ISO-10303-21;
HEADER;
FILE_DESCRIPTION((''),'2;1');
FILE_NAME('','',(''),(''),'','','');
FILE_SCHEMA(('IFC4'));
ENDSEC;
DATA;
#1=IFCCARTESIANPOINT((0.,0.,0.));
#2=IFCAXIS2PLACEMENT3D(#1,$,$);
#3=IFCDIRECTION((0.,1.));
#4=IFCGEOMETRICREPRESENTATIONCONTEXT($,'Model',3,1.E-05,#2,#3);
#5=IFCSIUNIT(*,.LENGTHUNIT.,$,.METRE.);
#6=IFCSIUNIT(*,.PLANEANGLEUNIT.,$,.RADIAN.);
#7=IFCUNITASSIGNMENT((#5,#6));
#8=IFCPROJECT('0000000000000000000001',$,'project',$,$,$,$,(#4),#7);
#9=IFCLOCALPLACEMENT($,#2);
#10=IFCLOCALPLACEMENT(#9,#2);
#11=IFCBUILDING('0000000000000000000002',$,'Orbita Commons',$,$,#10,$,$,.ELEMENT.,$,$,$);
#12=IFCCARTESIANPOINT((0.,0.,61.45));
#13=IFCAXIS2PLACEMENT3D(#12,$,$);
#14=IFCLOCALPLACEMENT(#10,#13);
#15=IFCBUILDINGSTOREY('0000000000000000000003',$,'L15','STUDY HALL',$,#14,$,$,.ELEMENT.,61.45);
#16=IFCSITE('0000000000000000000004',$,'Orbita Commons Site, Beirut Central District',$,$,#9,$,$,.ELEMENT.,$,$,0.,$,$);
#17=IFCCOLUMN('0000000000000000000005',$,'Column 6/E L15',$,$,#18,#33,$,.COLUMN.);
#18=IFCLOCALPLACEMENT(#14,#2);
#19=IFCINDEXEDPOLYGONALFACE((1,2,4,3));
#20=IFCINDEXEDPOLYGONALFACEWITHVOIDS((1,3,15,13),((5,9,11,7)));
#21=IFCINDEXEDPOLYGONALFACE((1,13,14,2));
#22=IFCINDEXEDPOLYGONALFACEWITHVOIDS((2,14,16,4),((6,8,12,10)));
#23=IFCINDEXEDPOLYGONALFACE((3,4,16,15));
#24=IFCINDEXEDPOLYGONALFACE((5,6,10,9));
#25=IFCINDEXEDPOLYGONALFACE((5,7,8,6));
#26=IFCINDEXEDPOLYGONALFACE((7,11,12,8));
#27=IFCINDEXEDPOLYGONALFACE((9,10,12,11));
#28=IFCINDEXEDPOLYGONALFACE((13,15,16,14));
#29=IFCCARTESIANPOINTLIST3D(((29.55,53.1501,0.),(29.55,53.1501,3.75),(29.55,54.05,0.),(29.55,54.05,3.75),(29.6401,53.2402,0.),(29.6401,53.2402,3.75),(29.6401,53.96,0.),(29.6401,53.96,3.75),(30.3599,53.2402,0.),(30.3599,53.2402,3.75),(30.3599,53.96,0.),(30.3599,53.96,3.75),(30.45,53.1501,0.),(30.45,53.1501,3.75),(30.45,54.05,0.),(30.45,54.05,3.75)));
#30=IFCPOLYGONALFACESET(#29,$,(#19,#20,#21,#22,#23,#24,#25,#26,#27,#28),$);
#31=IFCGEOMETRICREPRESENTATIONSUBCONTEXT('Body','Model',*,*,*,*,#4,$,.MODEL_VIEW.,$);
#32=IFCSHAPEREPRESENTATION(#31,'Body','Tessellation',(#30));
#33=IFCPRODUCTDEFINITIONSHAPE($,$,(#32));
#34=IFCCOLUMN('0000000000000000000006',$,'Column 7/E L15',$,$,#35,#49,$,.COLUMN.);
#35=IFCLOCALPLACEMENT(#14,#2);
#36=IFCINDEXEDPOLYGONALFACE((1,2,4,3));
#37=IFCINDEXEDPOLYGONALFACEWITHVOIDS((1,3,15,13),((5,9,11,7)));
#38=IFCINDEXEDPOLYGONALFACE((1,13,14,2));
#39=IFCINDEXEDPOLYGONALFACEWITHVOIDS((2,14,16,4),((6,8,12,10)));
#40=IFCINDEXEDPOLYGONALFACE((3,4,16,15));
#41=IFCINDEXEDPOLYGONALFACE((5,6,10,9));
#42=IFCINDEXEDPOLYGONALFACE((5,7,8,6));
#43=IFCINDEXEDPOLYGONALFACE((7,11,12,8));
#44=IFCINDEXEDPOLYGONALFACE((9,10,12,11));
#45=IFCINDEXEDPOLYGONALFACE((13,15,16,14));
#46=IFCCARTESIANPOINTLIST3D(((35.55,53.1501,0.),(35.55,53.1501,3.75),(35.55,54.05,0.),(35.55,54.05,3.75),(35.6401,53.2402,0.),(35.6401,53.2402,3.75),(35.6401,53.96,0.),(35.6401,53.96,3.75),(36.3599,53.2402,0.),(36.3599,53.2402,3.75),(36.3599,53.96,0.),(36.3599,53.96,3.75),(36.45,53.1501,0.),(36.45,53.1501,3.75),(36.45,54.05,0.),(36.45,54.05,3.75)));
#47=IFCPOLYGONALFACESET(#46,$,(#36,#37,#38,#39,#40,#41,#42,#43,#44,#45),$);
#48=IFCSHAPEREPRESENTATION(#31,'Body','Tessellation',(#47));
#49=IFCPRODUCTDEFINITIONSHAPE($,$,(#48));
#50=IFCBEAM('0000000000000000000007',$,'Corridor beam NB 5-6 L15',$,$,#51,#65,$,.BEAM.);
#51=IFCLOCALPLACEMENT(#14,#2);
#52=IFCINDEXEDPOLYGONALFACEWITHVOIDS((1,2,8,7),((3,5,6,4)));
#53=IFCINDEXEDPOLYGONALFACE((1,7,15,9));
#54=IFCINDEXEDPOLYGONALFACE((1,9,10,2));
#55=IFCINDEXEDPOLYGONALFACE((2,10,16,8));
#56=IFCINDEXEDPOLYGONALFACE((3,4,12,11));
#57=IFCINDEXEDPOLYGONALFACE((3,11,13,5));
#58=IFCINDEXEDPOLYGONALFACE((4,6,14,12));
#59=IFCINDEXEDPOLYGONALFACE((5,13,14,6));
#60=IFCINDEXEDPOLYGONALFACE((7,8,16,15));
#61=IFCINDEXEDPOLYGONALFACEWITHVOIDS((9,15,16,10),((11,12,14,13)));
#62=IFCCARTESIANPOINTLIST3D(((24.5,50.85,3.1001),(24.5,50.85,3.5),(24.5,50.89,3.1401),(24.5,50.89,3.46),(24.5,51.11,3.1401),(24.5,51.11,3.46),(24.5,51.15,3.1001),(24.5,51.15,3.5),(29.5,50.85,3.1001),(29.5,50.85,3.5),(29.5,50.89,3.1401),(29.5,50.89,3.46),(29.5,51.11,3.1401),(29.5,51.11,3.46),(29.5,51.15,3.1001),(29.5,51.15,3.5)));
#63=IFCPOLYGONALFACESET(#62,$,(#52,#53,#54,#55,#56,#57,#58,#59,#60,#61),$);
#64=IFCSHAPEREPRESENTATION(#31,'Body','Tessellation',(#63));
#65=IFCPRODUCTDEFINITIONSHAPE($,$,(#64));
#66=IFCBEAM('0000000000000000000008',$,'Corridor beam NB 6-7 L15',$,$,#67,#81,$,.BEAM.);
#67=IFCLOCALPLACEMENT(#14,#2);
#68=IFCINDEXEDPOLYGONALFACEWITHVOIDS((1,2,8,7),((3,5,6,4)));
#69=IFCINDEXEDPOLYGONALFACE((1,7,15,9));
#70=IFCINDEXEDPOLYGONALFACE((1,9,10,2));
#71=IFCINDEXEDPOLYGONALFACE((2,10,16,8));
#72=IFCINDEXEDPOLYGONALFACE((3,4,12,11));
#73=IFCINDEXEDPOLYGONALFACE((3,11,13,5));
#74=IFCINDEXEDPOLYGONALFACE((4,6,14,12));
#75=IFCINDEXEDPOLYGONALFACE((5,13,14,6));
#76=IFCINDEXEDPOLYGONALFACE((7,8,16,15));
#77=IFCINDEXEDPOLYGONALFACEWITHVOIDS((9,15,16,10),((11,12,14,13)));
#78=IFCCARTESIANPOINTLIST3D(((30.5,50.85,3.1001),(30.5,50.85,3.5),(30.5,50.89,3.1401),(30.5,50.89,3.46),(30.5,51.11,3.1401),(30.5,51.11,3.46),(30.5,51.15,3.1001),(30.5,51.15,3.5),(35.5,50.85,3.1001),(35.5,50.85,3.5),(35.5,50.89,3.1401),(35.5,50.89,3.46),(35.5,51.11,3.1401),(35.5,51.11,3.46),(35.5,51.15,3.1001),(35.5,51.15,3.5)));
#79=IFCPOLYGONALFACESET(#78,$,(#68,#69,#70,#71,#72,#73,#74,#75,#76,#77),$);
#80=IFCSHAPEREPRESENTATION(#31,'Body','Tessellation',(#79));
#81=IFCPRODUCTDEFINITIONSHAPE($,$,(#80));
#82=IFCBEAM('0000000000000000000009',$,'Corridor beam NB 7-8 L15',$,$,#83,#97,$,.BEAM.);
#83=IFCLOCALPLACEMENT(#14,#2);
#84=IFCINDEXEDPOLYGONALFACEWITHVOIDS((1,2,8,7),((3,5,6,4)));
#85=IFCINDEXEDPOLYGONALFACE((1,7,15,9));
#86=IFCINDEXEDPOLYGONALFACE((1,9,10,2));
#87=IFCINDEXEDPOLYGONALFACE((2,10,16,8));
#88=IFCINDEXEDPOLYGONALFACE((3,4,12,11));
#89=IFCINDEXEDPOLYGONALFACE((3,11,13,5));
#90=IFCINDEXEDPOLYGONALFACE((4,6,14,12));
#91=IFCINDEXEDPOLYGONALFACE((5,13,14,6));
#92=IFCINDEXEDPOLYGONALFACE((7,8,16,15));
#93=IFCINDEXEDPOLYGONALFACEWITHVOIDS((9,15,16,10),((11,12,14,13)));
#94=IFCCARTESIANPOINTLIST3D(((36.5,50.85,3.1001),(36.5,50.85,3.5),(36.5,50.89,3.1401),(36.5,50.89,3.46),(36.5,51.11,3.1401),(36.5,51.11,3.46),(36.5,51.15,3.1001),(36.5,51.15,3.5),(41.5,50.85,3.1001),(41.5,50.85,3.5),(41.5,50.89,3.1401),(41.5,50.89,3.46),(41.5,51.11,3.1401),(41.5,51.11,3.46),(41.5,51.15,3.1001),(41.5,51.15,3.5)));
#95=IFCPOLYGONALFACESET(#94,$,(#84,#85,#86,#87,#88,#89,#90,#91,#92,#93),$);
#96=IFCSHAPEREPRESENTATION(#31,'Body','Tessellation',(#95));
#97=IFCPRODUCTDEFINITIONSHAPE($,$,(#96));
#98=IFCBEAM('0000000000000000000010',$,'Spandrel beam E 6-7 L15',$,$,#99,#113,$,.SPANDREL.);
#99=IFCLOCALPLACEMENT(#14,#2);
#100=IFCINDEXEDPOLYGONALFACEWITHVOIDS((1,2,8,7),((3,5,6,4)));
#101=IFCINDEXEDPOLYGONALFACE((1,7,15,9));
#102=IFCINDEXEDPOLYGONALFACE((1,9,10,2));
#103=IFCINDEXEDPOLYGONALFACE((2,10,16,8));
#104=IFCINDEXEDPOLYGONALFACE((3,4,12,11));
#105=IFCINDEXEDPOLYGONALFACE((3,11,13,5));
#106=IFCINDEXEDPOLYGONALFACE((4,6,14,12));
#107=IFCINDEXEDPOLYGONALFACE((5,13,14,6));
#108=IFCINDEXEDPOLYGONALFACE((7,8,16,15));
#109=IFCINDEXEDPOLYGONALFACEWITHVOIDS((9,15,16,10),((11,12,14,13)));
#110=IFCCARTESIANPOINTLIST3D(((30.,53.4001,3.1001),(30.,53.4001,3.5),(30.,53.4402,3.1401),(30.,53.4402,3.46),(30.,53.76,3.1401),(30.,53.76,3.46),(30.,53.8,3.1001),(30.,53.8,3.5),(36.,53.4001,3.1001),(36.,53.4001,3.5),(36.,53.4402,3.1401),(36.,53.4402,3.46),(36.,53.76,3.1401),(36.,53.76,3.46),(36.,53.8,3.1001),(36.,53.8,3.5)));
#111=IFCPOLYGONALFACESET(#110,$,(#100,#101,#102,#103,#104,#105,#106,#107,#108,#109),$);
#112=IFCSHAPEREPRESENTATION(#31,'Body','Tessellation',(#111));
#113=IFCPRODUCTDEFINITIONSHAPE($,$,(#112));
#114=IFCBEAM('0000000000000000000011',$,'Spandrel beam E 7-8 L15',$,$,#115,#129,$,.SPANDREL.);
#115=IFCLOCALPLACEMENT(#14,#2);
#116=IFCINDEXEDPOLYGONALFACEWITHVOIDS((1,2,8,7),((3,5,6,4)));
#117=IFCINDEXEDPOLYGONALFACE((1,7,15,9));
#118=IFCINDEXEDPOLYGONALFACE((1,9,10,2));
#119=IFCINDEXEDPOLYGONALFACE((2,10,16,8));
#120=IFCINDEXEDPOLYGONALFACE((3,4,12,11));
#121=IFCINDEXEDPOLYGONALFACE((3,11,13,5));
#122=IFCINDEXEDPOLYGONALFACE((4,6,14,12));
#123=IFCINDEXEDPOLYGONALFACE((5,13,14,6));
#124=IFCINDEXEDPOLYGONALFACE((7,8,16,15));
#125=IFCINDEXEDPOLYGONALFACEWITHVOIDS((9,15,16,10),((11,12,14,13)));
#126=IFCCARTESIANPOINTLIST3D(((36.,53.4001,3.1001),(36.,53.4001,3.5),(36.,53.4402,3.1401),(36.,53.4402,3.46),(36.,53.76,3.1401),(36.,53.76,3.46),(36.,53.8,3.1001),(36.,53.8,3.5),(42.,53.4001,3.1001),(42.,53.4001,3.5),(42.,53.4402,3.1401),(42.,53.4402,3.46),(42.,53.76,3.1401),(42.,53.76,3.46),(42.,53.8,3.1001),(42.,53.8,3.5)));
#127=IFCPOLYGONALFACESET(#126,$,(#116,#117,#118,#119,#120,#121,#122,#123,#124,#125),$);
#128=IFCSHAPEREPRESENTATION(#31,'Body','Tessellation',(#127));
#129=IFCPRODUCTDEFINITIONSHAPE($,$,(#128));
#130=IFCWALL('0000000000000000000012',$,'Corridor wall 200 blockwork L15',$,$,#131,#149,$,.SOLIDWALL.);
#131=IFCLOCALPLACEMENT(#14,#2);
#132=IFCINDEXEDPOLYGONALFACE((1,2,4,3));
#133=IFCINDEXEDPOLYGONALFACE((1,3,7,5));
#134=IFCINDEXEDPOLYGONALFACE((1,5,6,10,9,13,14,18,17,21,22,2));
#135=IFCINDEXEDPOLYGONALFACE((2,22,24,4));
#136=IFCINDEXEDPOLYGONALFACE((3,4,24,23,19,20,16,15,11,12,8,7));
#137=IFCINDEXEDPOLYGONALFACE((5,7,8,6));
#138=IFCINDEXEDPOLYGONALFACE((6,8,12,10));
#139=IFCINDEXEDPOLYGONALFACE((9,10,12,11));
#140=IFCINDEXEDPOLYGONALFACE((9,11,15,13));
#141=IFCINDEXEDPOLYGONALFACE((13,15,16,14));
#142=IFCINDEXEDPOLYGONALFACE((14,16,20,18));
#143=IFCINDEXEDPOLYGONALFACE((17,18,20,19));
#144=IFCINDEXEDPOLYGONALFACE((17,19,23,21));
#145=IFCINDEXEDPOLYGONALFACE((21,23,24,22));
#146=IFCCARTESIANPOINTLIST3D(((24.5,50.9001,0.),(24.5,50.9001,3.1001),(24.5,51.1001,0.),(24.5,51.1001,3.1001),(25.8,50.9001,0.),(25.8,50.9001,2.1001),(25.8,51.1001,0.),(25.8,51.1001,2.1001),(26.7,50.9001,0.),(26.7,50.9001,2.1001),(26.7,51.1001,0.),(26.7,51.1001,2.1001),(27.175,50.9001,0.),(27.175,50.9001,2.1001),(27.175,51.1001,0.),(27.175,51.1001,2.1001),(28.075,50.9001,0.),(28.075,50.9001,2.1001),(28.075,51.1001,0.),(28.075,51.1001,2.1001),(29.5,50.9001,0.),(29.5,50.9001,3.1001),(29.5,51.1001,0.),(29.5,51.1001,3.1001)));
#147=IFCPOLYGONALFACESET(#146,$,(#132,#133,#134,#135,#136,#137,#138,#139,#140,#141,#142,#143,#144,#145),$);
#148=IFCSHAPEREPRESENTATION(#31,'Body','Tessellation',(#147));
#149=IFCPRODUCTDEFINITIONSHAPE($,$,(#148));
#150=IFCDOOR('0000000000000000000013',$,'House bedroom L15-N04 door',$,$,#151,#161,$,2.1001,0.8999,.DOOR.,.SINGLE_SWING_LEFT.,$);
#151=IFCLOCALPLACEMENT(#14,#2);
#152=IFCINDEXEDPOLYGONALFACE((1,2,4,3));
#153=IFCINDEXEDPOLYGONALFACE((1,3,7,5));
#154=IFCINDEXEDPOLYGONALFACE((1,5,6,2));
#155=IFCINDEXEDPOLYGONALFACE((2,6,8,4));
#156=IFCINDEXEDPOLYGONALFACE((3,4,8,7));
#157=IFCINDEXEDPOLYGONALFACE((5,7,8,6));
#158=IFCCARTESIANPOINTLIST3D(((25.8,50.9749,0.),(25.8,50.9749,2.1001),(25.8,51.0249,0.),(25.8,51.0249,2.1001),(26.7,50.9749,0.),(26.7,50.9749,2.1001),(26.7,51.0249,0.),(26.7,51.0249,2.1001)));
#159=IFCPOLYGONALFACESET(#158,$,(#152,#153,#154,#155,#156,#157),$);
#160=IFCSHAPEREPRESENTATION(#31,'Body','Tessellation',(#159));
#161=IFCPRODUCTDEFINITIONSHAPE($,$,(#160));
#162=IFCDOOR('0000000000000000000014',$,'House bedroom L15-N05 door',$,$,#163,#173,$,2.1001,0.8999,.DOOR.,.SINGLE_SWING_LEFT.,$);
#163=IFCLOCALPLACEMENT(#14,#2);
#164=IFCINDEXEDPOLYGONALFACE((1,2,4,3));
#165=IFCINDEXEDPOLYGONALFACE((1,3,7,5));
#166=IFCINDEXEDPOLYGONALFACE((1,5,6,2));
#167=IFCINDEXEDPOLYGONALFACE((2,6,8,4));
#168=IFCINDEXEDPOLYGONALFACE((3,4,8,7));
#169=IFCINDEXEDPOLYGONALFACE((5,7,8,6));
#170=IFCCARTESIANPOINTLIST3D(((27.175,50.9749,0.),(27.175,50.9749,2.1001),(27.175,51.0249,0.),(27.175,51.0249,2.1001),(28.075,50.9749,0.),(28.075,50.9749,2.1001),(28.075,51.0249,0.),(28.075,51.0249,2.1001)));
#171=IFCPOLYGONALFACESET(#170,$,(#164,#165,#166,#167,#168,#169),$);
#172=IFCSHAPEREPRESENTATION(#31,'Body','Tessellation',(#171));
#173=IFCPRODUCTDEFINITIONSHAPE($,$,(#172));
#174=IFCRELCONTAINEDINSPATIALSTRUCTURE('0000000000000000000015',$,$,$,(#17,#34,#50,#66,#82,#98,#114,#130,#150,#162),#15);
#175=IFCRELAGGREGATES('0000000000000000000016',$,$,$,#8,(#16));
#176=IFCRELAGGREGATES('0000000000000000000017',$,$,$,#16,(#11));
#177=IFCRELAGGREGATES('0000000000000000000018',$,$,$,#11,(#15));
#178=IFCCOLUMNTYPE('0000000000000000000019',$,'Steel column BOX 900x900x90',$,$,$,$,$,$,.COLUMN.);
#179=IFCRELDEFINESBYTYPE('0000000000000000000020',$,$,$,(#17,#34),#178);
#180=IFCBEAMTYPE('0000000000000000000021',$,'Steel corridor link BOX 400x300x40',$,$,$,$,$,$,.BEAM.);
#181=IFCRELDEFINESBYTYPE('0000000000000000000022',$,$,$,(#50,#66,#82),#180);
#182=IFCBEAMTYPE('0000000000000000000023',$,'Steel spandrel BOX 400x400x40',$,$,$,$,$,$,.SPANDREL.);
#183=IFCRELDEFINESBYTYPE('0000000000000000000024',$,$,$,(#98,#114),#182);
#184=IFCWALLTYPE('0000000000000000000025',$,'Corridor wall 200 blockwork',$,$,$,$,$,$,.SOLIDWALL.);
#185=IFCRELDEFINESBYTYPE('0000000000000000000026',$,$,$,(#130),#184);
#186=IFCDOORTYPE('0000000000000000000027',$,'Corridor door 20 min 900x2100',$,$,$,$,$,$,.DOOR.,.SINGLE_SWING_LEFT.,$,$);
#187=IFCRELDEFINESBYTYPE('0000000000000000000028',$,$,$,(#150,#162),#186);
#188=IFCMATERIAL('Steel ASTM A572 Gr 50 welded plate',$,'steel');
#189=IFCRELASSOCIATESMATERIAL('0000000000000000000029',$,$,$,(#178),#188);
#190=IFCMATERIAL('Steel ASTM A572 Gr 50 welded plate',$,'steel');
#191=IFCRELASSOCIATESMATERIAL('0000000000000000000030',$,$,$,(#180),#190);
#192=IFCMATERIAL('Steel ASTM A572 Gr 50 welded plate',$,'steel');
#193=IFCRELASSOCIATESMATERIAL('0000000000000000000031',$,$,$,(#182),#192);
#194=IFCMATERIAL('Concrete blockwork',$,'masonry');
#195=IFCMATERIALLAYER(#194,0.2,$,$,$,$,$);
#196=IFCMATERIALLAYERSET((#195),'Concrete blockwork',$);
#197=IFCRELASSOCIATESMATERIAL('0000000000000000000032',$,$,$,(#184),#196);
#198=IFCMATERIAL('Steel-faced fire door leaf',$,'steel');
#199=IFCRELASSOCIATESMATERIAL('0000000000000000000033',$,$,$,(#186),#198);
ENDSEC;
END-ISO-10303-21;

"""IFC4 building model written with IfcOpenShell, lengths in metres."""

from ifc_helpers import new_model, si_unit, direction, frame, frame_2d, origin, origin_2d, place, context, subcontext, project, spatial, polyline, rectangle, hollow_rectangle, outline, extrude, material, layer, layer_set, material_profile, profile_set, type_object, element, fill, save


model = new_model("IFC4")

# Units and contexts
model_context = context("Model", 3, precision=1e-05, world=origin(), true_north=direction((0.0, 1.0)))
body_context = subcontext(model_context, "Body", "Model", "MODEL_VIEW")
ifc_project = project(units=[si_unit("LENGTHUNIT", "METRE"), si_unit("PLANEANGLEUNIT", "RADIAN")], contexts=[model_context])

# Site, building, storey
site_placement = place(None, origin())
site = spatial("IfcSite", under=ifc_project, at=site_placement, Name="Orbita Commons Site, Beirut Central District", CompositionType="ELEMENT", RefElevation=0.0)
building_placement = place(site_placement, origin())
building = spatial("IfcBuilding", under=site, at=building_placement, Name="Orbita Commons", CompositionType="ELEMENT")
storey_placement = place(building_placement, frame((0.0, 0.0, 61.45)))
storey = spatial("IfcBuildingStorey", under=building, at=storey_placement, Name="L15", Description="STUDY HALL", CompositionType="ELEMENT", Elevation=61.45)

# Columns
ifc_material_1 = material(Name="Steel ASTM A572 Gr 50 welded plate", Category="steel")
ifc_material_profile_1 = material_profile(ifc_material_1, hollow_rectangle(XDim=0.8999, YDim=0.8999, WallThickness=0.0901, at=origin_2d()), Name="BOX 900x900x90")
ifc_profile_set_1 = profile_set([ifc_material_profile_1], Name="Steel ASTM A572 Gr 50 welded plate")
column_type = type_object("IfcColumnType", Name="Steel column BOX 900x900x90", PredefinedType="COLUMN", material=ifc_profile_set_1)
for number, where, z_axis, x_axis, name in (
    (1, (30.0, 53.6001, 0.0), (0.0, 0.0, 1.0), (1.0, 0.0, 0.0), "Column 6/E L15"),
    (2, (36.0, 53.6001, 0.0), (0.0, 0.0, 1.0), (1.0, 0.0, 0.0), "Column 7/E L15"),
):
    element("IfcColumn", number, at=place(storey_placement, frame(where, z_axis=z_axis, x_axis=x_axis)), inside=storey, type_object=column_type, Name=name, PredefinedType="COLUMN", context=body_context, shape_type="SweptSolid", body=[
        extrude(hollow_rectangle(XDim=0.8999, YDim=0.8999, WallThickness=0.0901, at=origin_2d()), origin(), (0.0, 0.0, 1.0), 3.75),
    ])

# Beams
ifc_material_2 = material(Name="Steel ASTM A572 Gr 50 welded plate", Category="steel")
ifc_material_profile_2 = material_profile(ifc_material_2, hollow_rectangle(XDim=0.3, YDim=0.3999, WallThickness=0.04, at=origin_2d()), Name="BOX 400x300x40")
ifc_profile_set_2 = profile_set([ifc_material_profile_2], Name="Steel ASTM A572 Gr 50 welded plate")
beam_type_1 = type_object("IfcBeamType", Name="Steel corridor link BOX 400x300x40", PredefinedType="BEAM", material=ifc_profile_set_2)
for number, where, z_axis, x_axis, name in (
    (3, (24.5, 51.0, 3.3), (1.0, 0.0, 0.0), (0.0, 1.0, 0.0), "Corridor beam NB 5-6 L15"),
    (4, (30.5, 51.0, 3.3), (1.0, 0.0, 0.0), (0.0, 1.0, 0.0), "Corridor beam NB 6-7 L15"),
    (5, (36.5, 51.0, 3.3), (1.0, 0.0, 0.0), (0.0, 1.0, 0.0), "Corridor beam NB 7-8 L15"),
):
    element("IfcBeam", number, at=place(storey_placement, frame(where, z_axis=z_axis, x_axis=x_axis)), inside=storey, type_object=beam_type_1, Name=name, PredefinedType="BEAM", context=body_context, shape_type="SweptSolid", body=[
        extrude(hollow_rectangle(XDim=0.3, YDim=0.3999, WallThickness=0.04, at=origin_2d()), origin(), (0.0, 0.0, 1.0), 5.0),
    ])
ifc_material_3 = material(Name="Steel ASTM A572 Gr 50 welded plate", Category="steel")
ifc_material_profile_3 = material_profile(ifc_material_3, hollow_rectangle(XDim=0.3999, YDim=0.3999, WallThickness=0.04, at=origin_2d()), Name="BOX 400x400x40")
ifc_profile_set_3 = profile_set([ifc_material_profile_3], Name="Steel ASTM A572 Gr 50 welded plate")
beam_type_2 = type_object("IfcBeamType", Name="Steel spandrel BOX 400x400x40", PredefinedType="SPANDREL", material=ifc_profile_set_3)
for number, where, z_axis, x_axis, name in (
    (6, (30.0, 53.6001, 3.3), (1.0, 0.0, 0.0), (0.0, 1.0, 0.0), "Spandrel beam E 6-7 L15"),
    (7, (36.0, 53.6001, 3.3), (1.0, 0.0, 0.0), (0.0, 1.0, 0.0), "Spandrel beam E 7-8 L15"),
):
    element("IfcBeam", number, at=place(storey_placement, frame(where, z_axis=z_axis, x_axis=x_axis)), inside=storey, type_object=beam_type_2, Name=name, PredefinedType="SPANDREL", context=body_context, shape_type="SweptSolid", body=[
        extrude(hollow_rectangle(XDim=0.3999, YDim=0.3999, WallThickness=0.04, at=origin_2d()), origin(), (0.0, 0.0, 1.0), 6.0),
    ])

# Wall, openings, doors
ifc_material_4 = material(Name="Concrete blockwork", Category="masonry")
ifc_layer_1 = layer(ifc_material_4, 0.2)
ifc_layer_set_1 = layer_set([ifc_layer_1], Name="Concrete blockwork")
wall_type_1 = type_object("IfcWallType", Name="Corridor wall 200 blockwork", PredefinedType="SOLIDWALL", material=ifc_layer_set_1)
wall_1_placement = place(storey_placement, frame((24.5, 51.0, 0.0), z_axis=(0.0, 0.0, 1.0), x_axis=(1.0, 0.0, 0.0)))
wall_1 = element("IfcWall", 8, at=wall_1_placement, inside=storey, type_object=wall_type_1, Name="Corridor wall 200 blockwork L15", PredefinedType="SOLIDWALL", context=body_context, shape_type="SweptSolid", body=[
    extrude(outline(polyline([(0.0, 0.0), (5.0, 0.0), (5.0, 3.1001), (0.0, 3.1001), (0.0, 0.0)])), frame((0.0, 0.1001, 0.0), z_axis=(0.0, -1.0, 0.0), x_axis=(1.0, 0.0, 0.0)), (0.0, 0.0, 1.0), 0.2),
])
opening_1_placement = place(wall_1_placement, frame((1.3, 0.0, 0.0)))
opening_1 = element("IfcOpeningElement", 9, at=opening_1_placement, cuts=wall_1, PredefinedType="OPENING", context=body_context, shape_type="SweptSolid", body=[
    extrude(rectangle(XDim=0.8999, YDim=2.1001, at=frame_2d((0.45, 1.05))), frame((0.0, 0.1099, 0.0), z_axis=(0.0, -1.0, 0.0), x_axis=(1.0, 0.0, 0.0)), (0.0, 0.0, 1.0), 0.22),
])
opening_2_placement = place(wall_1_placement, frame((2.675, 0.0, 0.0)))
opening_2 = element("IfcOpeningElement", 10, at=opening_2_placement, cuts=wall_1, PredefinedType="OPENING", context=body_context, shape_type="SweptSolid", body=[
    extrude(rectangle(XDim=0.8999, YDim=2.1001, at=frame_2d((0.45, 1.05))), frame((0.0, 0.1099, 0.0), z_axis=(0.0, -1.0, 0.0), x_axis=(1.0, 0.0, 0.0)), (0.0, 0.0, 1.0), 0.22),
])
ifc_material_5 = material(Name="Steel-faced fire door leaf", Category="steel")
door_type_1 = type_object("IfcDoorType", Name="Corridor door 20 min 900x2100", OperationType="SINGLE_SWING_LEFT", PredefinedType="DOOR", material=ifc_material_5)
door_1_placement = place(opening_1_placement, origin())
door_1 = element("IfcDoor", 11, at=door_1_placement, inside=storey, type_object=door_type_1, Name="House bedroom L15-N04 door", OperationType="SINGLE_SWING_LEFT", OverallHeight=2.1001, OverallWidth=0.8999, PredefinedType="DOOR", context=body_context, shape_type="SweptSolid", body=[
    extrude(rectangle(XDim=0.8999, YDim=2.1001, at=frame_2d((0.45, 1.05))), frame((0.0, 0.0249, 0.0), z_axis=(0.0, -1.0, 0.0), x_axis=(1.0, 0.0, 0.0)), (0.0, 0.0, 1.0), 0.05),
])
fill(opening_1, door_1)
door_2_placement = place(opening_2_placement, origin())
door_2 = element("IfcDoor", 12, at=door_2_placement, inside=storey, type_object=door_type_1, Name="House bedroom L15-N05 door", OperationType="SINGLE_SWING_LEFT", OverallHeight=2.1001, OverallWidth=0.8999, PredefinedType="DOOR", context=body_context, shape_type="SweptSolid", body=[
    extrude(rectangle(XDim=0.8999, YDim=2.1001, at=frame_2d((0.45, 1.05))), frame((0.0, 0.0249, 0.0), z_axis=(0.0, -1.0, 0.0), x_axis=(1.0, 0.0, 0.0)), (0.0, 0.0, 1.0), 0.05),
])
fill(opening_2, door_2)

save(model, "model.ifc")
